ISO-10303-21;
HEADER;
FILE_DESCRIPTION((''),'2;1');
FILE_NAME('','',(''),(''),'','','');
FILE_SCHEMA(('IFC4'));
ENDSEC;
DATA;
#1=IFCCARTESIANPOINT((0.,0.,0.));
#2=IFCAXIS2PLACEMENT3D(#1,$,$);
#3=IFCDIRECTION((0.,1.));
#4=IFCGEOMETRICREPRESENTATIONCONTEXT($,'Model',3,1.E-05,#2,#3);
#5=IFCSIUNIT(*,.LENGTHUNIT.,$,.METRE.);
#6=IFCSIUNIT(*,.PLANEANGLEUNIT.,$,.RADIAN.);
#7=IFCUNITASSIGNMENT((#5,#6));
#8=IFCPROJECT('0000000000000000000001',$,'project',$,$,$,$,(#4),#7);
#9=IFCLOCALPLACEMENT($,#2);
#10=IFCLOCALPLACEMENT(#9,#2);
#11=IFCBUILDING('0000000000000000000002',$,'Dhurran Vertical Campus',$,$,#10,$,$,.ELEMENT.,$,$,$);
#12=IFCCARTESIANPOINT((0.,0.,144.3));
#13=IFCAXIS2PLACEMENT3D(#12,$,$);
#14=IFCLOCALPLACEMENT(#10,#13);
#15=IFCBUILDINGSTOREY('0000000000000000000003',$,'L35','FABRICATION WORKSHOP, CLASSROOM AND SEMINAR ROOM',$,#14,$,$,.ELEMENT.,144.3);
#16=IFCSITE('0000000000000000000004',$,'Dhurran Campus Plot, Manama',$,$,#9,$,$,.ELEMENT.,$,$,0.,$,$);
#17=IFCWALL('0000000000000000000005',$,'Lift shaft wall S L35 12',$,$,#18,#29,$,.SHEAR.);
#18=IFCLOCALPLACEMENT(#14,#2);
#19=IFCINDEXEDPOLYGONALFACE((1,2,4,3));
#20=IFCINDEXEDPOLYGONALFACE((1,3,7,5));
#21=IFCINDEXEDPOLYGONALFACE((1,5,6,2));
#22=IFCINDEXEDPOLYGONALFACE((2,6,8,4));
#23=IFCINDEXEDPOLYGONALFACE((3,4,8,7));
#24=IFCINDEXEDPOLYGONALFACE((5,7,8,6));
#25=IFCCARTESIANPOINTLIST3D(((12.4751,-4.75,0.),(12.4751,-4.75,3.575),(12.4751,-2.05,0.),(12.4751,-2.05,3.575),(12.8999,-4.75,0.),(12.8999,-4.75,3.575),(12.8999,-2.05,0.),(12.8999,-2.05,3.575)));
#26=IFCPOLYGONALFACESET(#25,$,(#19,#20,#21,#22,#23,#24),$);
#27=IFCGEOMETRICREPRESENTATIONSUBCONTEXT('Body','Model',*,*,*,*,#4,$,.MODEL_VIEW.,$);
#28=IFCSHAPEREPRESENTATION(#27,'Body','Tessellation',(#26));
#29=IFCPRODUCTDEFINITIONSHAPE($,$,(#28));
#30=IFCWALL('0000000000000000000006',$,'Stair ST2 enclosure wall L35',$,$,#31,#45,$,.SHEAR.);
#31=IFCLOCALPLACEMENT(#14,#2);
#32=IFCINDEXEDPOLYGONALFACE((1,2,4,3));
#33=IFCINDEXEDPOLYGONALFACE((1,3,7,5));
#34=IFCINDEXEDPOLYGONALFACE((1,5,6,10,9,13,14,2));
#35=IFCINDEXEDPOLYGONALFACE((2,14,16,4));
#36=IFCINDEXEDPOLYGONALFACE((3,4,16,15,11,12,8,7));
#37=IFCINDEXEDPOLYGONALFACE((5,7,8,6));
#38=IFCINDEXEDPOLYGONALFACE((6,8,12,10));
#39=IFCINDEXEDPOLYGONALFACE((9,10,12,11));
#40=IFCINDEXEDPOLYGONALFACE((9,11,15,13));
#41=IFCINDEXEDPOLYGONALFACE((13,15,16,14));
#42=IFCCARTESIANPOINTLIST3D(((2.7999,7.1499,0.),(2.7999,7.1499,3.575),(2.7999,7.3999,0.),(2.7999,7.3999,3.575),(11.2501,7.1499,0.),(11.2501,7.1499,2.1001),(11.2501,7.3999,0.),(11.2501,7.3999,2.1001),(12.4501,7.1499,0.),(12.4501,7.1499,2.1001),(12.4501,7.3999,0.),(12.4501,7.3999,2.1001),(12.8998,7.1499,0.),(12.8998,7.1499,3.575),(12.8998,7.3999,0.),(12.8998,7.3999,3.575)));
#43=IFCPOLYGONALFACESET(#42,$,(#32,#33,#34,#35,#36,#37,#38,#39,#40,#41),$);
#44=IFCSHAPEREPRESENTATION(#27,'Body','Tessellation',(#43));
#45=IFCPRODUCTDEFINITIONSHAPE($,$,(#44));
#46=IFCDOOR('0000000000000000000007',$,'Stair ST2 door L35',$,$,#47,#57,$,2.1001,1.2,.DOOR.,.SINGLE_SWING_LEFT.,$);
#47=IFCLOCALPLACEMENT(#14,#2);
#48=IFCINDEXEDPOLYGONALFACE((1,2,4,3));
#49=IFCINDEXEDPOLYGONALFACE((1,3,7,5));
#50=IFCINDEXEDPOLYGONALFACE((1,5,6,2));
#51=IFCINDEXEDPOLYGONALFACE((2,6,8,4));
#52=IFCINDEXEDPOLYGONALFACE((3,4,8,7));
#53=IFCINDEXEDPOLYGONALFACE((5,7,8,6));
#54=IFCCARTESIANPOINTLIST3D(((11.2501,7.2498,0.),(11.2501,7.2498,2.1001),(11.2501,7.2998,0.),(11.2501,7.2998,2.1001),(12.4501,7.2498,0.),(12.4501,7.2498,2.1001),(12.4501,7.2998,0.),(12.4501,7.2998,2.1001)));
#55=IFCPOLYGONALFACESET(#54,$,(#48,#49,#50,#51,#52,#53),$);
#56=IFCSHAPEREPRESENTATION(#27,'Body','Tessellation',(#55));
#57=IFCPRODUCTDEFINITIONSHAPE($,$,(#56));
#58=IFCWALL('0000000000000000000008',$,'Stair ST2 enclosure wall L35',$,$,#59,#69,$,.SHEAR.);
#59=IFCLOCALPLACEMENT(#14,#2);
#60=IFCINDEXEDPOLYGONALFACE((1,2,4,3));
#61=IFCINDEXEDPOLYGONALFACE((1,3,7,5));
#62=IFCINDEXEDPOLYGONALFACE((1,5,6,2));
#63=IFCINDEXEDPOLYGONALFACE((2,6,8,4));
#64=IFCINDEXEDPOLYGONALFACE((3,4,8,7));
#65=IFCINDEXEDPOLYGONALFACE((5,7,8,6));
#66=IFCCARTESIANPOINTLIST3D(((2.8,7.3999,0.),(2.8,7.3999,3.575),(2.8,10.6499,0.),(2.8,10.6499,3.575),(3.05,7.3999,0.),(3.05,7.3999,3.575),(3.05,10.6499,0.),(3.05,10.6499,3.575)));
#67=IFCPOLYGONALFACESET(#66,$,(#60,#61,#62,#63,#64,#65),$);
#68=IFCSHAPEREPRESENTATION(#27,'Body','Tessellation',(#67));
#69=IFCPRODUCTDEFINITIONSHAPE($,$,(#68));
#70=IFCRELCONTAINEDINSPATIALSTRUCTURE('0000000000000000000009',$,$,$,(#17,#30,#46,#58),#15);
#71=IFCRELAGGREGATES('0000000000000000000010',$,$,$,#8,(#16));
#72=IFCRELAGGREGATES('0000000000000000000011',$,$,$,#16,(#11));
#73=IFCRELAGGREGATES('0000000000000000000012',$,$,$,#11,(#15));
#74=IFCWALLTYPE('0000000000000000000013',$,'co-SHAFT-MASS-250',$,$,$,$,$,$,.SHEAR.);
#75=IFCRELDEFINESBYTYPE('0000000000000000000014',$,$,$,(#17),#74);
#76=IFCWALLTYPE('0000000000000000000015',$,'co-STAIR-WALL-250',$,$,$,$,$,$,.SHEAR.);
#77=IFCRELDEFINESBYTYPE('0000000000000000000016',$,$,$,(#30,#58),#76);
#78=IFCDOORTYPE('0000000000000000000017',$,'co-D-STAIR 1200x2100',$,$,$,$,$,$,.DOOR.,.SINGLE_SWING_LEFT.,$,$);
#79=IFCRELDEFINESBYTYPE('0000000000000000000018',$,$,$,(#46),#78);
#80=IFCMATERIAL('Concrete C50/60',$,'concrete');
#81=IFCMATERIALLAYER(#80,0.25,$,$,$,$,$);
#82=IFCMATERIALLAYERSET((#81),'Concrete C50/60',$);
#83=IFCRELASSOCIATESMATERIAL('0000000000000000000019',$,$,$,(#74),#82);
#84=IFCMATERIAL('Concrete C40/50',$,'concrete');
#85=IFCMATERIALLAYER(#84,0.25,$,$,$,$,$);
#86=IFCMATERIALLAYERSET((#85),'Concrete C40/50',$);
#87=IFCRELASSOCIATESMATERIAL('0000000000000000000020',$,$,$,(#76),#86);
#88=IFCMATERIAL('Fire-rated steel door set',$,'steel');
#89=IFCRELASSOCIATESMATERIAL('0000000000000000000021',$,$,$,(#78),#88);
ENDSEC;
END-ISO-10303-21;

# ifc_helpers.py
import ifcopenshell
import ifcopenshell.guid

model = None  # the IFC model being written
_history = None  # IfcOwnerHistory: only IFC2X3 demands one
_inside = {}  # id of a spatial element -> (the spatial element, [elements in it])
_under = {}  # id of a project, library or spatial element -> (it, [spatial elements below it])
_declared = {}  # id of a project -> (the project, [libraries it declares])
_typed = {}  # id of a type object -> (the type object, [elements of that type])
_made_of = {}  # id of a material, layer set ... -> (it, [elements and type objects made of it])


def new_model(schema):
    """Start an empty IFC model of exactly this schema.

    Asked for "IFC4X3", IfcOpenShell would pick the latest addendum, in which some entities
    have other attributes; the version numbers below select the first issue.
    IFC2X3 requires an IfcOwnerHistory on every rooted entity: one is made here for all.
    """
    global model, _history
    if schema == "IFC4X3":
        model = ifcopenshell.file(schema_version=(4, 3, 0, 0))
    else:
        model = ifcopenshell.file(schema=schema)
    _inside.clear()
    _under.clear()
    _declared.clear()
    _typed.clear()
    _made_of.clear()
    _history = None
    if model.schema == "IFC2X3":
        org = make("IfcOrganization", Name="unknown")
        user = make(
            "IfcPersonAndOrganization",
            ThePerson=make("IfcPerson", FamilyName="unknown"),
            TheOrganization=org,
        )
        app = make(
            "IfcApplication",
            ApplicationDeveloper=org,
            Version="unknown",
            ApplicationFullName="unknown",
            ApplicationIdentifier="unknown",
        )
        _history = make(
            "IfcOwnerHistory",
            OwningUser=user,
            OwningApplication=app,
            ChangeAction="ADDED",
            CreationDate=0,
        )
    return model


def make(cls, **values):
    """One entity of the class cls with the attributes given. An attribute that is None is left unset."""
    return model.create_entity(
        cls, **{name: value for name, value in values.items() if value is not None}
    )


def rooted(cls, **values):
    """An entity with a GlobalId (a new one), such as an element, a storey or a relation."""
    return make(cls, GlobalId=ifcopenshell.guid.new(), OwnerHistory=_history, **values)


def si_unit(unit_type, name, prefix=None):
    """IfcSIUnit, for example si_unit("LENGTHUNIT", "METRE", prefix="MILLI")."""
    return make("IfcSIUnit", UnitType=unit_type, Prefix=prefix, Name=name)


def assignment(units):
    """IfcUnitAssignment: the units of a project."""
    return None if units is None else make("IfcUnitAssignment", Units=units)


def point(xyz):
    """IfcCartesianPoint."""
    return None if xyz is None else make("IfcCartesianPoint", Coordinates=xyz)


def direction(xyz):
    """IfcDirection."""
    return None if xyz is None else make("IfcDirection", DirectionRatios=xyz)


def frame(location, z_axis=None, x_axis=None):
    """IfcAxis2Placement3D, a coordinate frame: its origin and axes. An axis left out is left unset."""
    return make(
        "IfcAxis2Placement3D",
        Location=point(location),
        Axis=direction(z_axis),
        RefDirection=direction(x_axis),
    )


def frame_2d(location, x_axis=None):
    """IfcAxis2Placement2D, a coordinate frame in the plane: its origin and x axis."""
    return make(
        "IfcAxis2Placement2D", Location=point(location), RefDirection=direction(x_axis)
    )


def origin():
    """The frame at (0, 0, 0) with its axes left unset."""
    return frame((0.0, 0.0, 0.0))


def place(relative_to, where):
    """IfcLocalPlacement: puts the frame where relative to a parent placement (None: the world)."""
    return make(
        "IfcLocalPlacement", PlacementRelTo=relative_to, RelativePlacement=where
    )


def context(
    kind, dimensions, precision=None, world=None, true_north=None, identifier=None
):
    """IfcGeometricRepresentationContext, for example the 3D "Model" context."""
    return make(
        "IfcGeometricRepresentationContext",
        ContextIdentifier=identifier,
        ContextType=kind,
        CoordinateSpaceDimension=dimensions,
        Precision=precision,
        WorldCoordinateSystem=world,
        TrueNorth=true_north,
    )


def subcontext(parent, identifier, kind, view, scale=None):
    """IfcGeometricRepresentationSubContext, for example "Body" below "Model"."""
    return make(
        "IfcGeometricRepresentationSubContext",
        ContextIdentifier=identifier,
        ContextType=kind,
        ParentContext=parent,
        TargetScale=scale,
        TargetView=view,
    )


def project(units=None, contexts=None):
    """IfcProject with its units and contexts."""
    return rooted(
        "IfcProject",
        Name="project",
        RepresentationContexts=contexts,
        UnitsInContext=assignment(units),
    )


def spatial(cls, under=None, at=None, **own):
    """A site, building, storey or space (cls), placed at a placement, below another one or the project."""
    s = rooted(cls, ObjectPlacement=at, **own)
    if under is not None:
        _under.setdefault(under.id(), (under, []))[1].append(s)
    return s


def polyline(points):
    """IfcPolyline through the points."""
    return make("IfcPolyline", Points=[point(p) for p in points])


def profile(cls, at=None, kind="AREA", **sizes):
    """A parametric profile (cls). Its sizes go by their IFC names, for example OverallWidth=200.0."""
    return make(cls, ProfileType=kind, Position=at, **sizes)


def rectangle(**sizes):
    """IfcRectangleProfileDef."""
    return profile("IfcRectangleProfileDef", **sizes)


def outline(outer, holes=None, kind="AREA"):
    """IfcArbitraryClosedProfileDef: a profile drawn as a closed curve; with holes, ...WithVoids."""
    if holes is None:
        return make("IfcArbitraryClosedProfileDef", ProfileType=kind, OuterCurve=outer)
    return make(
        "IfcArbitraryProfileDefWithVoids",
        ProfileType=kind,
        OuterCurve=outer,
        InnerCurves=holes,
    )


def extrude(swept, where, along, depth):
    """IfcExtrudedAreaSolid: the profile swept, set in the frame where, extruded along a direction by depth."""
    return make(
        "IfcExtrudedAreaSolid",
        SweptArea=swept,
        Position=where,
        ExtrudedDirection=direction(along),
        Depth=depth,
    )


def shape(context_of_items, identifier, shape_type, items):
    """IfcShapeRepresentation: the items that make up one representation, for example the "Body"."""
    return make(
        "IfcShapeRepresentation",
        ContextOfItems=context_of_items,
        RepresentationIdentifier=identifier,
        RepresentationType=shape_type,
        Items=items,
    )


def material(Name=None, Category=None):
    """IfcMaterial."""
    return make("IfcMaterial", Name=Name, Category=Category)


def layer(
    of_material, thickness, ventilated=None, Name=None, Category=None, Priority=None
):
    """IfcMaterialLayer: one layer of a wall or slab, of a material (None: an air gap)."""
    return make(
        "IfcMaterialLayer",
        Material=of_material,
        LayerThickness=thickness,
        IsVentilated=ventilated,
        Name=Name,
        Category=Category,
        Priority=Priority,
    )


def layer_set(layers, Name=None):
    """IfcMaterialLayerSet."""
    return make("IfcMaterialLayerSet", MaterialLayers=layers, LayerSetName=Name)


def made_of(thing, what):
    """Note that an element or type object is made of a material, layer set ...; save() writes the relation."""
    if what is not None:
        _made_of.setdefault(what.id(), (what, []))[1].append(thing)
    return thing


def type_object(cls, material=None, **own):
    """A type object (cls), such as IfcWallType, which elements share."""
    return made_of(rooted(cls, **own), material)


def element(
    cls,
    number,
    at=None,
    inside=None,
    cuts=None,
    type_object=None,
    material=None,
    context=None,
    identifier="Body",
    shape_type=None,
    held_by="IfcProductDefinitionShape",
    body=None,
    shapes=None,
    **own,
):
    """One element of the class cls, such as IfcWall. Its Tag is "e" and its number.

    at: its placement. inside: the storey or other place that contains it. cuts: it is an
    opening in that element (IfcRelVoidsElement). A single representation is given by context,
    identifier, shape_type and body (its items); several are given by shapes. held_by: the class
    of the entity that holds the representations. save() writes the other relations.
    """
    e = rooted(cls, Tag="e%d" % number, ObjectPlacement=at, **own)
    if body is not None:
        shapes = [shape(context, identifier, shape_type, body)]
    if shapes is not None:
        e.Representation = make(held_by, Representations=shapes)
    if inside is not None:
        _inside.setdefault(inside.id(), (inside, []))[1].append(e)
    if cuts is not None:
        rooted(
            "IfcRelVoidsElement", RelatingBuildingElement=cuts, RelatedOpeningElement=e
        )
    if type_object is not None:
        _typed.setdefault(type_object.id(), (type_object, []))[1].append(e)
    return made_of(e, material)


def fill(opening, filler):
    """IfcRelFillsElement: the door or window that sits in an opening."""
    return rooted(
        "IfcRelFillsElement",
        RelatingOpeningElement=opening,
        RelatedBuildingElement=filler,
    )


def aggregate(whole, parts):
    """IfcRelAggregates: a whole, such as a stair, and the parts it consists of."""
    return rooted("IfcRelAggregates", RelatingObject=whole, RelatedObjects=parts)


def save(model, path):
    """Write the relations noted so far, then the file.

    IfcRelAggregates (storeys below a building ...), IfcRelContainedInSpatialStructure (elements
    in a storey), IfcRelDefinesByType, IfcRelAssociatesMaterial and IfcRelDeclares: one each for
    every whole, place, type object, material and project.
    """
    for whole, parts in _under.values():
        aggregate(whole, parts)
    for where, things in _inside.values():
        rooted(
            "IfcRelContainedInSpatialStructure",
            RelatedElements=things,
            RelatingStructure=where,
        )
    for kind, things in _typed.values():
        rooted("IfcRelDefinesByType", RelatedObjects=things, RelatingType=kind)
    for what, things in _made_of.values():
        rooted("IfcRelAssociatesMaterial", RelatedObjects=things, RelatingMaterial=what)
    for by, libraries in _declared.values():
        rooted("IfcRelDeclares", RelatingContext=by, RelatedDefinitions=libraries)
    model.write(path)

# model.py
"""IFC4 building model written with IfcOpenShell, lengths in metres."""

from ifc_helpers import new_model, si_unit, direction, frame, frame_2d, origin, place, context, subcontext, project, spatial, polyline, rectangle, outline, extrude, material, layer, layer_set, type_object, element, fill, save


model = new_model("IFC4")

# Units and contexts
model_context = context("Model", 3, precision=1e-05, world=origin(), true_north=direction((0.0, 1.0)))
body_context = subcontext(model_context, "Body", "Model", "MODEL_VIEW")
ifc_project = project(units=[si_unit("LENGTHUNIT", "METRE"), si_unit("PLANEANGLEUNIT", "RADIAN")], contexts=[model_context])

# Site, building, storey
site_placement = place(None, origin())
site = spatial("IfcSite", under=ifc_project, at=site_placement, Name="Dhurran Campus Plot, Manama", CompositionType="ELEMENT", RefElevation=0.0)
building_placement = place(site_placement, origin())
building = spatial("IfcBuilding", under=site, at=building_placement, Name="Dhurran Vertical Campus", CompositionType="ELEMENT")
storey_placement = place(building_placement, frame((0.0, 0.0, 144.3)))
storey = spatial("IfcBuildingStorey", under=building, at=storey_placement, Name="L35", Description="FABRICATION WORKSHOP, CLASSROOM AND SEMINAR ROOM", CompositionType="ELEMENT", Elevation=144.3)

# Wall
ifc_material_1 = material(Name="Concrete C50/60", Category="concrete")
ifc_layer_1 = layer(ifc_material_1, 0.25)
ifc_layer_set_1 = layer_set([ifc_layer_1], Name="Concrete C50/60")
wall_type_1 = type_object("IfcWallType", Name="co-SHAFT-MASS-250", PredefinedType="SHEAR", material=ifc_layer_set_1)
wall_1_placement = place(storey_placement, origin())
element("IfcWall", 1, at=wall_1_placement, inside=storey, type_object=wall_type_1, Name="Lift shaft wall S L35 12", PredefinedType="SHEAR", context=body_context, shape_type="SweptSolid", body=[
    extrude(outline(polyline([(12.4751, -4.75), (12.8999, -4.75), (12.8999, -2.05), (12.4751, -2.05), (12.4751, -4.75)])), origin(), (0.0, 0.0, 1.0), 3.575),
])

# Wall, opening, door
ifc_material_2 = material(Name="Concrete C40/50", Category="concrete")
ifc_layer_2 = layer(ifc_material_2, 0.25)
ifc_layer_set_2 = layer_set([ifc_layer_2], Name="Concrete C40/50")
wall_type_2 = type_object("IfcWallType", Name="co-STAIR-WALL-250", PredefinedType="SHEAR", material=ifc_layer_set_2)
wall_2_placement = place(storey_placement, frame((2.8, 7.2749, 0.0), z_axis=(0.0, 0.0, 1.0), x_axis=(1.0, 0.0, 0.0)))
wall_2 = element("IfcWall", 2, at=wall_2_placement, inside=storey, type_object=wall_type_2, Name="Stair ST2 enclosure wall L35", PredefinedType="SHEAR", context=body_context, shape_type="SweptSolid", body=[
    extrude(rectangle(XDim=10.0999, YDim=0.25, at=frame_2d((5.0498, 0.0))), origin(), (0.0, 0.0, 1.0), 3.575),
])
opening_1_placement = place(wall_2_placement, frame((8.45, 0.0, 0.0)))
opening_1 = element("IfcOpeningElement", 3, at=opening_1_placement, cuts=wall_2, PredefinedType="OPENING", context=body_context, shape_type="SweptSolid", body=[
    extrude(rectangle(XDim=1.2, YDim=2.1001, at=frame_2d((0.6001, 1.05))), frame((0.0, 0.135, 0.0), z_axis=(0.0, -1.0, 0.0), x_axis=(1.0, 0.0, 0.0)), (0.0, 0.0, 1.0), 0.27),
])
ifc_material_3 = material(Name="Fire-rated steel door set", Category="steel")
door_type_1 = type_object("IfcDoorType", Name="co-D-STAIR 1200x2100", OperationType="SINGLE_SWING_LEFT", PredefinedType="DOOR", material=ifc_material_3)
door_1_placement = place(opening_1_placement, origin())
door_1 = element("IfcDoor", 4, at=door_1_placement, inside=storey, type_object=door_type_1, Name="Stair ST2 door L35", OperationType="SINGLE_SWING_LEFT", OverallHeight=2.1001, OverallWidth=1.2, PredefinedType="DOOR", context=body_context, shape_type="SweptSolid", body=[
    extrude(rectangle(XDim=1.2, YDim=2.1001, at=frame_2d((0.6001, 1.05))), frame((0.0, 0.0249, 0.0), z_axis=(0.0, -1.0, 0.0), x_axis=(1.0, 0.0, 0.0)), (0.0, 0.0, 1.0), 0.05),
])
fill(opening_1, door_1)

# Wall
wall_3_placement = place(storey_placement, frame((2.925, 7.3999, 0.0), z_axis=(0.0, 0.0, 1.0), x_axis=(0.0, 1.0, 0.0)))
element("IfcWall", 5, at=wall_3_placement, inside=storey, type_object=wall_type_2, Name="Stair ST2 enclosure wall L35", PredefinedType="SHEAR", context=body_context, shape_type="SweptSolid", body=[
    extrude(rectangle(XDim=3.25, YDim=0.25, at=frame_2d((1.625, 0.0))), origin(), (0.0, 0.0, 1.0), 3.575),
])

save(model, "model.ifc")
